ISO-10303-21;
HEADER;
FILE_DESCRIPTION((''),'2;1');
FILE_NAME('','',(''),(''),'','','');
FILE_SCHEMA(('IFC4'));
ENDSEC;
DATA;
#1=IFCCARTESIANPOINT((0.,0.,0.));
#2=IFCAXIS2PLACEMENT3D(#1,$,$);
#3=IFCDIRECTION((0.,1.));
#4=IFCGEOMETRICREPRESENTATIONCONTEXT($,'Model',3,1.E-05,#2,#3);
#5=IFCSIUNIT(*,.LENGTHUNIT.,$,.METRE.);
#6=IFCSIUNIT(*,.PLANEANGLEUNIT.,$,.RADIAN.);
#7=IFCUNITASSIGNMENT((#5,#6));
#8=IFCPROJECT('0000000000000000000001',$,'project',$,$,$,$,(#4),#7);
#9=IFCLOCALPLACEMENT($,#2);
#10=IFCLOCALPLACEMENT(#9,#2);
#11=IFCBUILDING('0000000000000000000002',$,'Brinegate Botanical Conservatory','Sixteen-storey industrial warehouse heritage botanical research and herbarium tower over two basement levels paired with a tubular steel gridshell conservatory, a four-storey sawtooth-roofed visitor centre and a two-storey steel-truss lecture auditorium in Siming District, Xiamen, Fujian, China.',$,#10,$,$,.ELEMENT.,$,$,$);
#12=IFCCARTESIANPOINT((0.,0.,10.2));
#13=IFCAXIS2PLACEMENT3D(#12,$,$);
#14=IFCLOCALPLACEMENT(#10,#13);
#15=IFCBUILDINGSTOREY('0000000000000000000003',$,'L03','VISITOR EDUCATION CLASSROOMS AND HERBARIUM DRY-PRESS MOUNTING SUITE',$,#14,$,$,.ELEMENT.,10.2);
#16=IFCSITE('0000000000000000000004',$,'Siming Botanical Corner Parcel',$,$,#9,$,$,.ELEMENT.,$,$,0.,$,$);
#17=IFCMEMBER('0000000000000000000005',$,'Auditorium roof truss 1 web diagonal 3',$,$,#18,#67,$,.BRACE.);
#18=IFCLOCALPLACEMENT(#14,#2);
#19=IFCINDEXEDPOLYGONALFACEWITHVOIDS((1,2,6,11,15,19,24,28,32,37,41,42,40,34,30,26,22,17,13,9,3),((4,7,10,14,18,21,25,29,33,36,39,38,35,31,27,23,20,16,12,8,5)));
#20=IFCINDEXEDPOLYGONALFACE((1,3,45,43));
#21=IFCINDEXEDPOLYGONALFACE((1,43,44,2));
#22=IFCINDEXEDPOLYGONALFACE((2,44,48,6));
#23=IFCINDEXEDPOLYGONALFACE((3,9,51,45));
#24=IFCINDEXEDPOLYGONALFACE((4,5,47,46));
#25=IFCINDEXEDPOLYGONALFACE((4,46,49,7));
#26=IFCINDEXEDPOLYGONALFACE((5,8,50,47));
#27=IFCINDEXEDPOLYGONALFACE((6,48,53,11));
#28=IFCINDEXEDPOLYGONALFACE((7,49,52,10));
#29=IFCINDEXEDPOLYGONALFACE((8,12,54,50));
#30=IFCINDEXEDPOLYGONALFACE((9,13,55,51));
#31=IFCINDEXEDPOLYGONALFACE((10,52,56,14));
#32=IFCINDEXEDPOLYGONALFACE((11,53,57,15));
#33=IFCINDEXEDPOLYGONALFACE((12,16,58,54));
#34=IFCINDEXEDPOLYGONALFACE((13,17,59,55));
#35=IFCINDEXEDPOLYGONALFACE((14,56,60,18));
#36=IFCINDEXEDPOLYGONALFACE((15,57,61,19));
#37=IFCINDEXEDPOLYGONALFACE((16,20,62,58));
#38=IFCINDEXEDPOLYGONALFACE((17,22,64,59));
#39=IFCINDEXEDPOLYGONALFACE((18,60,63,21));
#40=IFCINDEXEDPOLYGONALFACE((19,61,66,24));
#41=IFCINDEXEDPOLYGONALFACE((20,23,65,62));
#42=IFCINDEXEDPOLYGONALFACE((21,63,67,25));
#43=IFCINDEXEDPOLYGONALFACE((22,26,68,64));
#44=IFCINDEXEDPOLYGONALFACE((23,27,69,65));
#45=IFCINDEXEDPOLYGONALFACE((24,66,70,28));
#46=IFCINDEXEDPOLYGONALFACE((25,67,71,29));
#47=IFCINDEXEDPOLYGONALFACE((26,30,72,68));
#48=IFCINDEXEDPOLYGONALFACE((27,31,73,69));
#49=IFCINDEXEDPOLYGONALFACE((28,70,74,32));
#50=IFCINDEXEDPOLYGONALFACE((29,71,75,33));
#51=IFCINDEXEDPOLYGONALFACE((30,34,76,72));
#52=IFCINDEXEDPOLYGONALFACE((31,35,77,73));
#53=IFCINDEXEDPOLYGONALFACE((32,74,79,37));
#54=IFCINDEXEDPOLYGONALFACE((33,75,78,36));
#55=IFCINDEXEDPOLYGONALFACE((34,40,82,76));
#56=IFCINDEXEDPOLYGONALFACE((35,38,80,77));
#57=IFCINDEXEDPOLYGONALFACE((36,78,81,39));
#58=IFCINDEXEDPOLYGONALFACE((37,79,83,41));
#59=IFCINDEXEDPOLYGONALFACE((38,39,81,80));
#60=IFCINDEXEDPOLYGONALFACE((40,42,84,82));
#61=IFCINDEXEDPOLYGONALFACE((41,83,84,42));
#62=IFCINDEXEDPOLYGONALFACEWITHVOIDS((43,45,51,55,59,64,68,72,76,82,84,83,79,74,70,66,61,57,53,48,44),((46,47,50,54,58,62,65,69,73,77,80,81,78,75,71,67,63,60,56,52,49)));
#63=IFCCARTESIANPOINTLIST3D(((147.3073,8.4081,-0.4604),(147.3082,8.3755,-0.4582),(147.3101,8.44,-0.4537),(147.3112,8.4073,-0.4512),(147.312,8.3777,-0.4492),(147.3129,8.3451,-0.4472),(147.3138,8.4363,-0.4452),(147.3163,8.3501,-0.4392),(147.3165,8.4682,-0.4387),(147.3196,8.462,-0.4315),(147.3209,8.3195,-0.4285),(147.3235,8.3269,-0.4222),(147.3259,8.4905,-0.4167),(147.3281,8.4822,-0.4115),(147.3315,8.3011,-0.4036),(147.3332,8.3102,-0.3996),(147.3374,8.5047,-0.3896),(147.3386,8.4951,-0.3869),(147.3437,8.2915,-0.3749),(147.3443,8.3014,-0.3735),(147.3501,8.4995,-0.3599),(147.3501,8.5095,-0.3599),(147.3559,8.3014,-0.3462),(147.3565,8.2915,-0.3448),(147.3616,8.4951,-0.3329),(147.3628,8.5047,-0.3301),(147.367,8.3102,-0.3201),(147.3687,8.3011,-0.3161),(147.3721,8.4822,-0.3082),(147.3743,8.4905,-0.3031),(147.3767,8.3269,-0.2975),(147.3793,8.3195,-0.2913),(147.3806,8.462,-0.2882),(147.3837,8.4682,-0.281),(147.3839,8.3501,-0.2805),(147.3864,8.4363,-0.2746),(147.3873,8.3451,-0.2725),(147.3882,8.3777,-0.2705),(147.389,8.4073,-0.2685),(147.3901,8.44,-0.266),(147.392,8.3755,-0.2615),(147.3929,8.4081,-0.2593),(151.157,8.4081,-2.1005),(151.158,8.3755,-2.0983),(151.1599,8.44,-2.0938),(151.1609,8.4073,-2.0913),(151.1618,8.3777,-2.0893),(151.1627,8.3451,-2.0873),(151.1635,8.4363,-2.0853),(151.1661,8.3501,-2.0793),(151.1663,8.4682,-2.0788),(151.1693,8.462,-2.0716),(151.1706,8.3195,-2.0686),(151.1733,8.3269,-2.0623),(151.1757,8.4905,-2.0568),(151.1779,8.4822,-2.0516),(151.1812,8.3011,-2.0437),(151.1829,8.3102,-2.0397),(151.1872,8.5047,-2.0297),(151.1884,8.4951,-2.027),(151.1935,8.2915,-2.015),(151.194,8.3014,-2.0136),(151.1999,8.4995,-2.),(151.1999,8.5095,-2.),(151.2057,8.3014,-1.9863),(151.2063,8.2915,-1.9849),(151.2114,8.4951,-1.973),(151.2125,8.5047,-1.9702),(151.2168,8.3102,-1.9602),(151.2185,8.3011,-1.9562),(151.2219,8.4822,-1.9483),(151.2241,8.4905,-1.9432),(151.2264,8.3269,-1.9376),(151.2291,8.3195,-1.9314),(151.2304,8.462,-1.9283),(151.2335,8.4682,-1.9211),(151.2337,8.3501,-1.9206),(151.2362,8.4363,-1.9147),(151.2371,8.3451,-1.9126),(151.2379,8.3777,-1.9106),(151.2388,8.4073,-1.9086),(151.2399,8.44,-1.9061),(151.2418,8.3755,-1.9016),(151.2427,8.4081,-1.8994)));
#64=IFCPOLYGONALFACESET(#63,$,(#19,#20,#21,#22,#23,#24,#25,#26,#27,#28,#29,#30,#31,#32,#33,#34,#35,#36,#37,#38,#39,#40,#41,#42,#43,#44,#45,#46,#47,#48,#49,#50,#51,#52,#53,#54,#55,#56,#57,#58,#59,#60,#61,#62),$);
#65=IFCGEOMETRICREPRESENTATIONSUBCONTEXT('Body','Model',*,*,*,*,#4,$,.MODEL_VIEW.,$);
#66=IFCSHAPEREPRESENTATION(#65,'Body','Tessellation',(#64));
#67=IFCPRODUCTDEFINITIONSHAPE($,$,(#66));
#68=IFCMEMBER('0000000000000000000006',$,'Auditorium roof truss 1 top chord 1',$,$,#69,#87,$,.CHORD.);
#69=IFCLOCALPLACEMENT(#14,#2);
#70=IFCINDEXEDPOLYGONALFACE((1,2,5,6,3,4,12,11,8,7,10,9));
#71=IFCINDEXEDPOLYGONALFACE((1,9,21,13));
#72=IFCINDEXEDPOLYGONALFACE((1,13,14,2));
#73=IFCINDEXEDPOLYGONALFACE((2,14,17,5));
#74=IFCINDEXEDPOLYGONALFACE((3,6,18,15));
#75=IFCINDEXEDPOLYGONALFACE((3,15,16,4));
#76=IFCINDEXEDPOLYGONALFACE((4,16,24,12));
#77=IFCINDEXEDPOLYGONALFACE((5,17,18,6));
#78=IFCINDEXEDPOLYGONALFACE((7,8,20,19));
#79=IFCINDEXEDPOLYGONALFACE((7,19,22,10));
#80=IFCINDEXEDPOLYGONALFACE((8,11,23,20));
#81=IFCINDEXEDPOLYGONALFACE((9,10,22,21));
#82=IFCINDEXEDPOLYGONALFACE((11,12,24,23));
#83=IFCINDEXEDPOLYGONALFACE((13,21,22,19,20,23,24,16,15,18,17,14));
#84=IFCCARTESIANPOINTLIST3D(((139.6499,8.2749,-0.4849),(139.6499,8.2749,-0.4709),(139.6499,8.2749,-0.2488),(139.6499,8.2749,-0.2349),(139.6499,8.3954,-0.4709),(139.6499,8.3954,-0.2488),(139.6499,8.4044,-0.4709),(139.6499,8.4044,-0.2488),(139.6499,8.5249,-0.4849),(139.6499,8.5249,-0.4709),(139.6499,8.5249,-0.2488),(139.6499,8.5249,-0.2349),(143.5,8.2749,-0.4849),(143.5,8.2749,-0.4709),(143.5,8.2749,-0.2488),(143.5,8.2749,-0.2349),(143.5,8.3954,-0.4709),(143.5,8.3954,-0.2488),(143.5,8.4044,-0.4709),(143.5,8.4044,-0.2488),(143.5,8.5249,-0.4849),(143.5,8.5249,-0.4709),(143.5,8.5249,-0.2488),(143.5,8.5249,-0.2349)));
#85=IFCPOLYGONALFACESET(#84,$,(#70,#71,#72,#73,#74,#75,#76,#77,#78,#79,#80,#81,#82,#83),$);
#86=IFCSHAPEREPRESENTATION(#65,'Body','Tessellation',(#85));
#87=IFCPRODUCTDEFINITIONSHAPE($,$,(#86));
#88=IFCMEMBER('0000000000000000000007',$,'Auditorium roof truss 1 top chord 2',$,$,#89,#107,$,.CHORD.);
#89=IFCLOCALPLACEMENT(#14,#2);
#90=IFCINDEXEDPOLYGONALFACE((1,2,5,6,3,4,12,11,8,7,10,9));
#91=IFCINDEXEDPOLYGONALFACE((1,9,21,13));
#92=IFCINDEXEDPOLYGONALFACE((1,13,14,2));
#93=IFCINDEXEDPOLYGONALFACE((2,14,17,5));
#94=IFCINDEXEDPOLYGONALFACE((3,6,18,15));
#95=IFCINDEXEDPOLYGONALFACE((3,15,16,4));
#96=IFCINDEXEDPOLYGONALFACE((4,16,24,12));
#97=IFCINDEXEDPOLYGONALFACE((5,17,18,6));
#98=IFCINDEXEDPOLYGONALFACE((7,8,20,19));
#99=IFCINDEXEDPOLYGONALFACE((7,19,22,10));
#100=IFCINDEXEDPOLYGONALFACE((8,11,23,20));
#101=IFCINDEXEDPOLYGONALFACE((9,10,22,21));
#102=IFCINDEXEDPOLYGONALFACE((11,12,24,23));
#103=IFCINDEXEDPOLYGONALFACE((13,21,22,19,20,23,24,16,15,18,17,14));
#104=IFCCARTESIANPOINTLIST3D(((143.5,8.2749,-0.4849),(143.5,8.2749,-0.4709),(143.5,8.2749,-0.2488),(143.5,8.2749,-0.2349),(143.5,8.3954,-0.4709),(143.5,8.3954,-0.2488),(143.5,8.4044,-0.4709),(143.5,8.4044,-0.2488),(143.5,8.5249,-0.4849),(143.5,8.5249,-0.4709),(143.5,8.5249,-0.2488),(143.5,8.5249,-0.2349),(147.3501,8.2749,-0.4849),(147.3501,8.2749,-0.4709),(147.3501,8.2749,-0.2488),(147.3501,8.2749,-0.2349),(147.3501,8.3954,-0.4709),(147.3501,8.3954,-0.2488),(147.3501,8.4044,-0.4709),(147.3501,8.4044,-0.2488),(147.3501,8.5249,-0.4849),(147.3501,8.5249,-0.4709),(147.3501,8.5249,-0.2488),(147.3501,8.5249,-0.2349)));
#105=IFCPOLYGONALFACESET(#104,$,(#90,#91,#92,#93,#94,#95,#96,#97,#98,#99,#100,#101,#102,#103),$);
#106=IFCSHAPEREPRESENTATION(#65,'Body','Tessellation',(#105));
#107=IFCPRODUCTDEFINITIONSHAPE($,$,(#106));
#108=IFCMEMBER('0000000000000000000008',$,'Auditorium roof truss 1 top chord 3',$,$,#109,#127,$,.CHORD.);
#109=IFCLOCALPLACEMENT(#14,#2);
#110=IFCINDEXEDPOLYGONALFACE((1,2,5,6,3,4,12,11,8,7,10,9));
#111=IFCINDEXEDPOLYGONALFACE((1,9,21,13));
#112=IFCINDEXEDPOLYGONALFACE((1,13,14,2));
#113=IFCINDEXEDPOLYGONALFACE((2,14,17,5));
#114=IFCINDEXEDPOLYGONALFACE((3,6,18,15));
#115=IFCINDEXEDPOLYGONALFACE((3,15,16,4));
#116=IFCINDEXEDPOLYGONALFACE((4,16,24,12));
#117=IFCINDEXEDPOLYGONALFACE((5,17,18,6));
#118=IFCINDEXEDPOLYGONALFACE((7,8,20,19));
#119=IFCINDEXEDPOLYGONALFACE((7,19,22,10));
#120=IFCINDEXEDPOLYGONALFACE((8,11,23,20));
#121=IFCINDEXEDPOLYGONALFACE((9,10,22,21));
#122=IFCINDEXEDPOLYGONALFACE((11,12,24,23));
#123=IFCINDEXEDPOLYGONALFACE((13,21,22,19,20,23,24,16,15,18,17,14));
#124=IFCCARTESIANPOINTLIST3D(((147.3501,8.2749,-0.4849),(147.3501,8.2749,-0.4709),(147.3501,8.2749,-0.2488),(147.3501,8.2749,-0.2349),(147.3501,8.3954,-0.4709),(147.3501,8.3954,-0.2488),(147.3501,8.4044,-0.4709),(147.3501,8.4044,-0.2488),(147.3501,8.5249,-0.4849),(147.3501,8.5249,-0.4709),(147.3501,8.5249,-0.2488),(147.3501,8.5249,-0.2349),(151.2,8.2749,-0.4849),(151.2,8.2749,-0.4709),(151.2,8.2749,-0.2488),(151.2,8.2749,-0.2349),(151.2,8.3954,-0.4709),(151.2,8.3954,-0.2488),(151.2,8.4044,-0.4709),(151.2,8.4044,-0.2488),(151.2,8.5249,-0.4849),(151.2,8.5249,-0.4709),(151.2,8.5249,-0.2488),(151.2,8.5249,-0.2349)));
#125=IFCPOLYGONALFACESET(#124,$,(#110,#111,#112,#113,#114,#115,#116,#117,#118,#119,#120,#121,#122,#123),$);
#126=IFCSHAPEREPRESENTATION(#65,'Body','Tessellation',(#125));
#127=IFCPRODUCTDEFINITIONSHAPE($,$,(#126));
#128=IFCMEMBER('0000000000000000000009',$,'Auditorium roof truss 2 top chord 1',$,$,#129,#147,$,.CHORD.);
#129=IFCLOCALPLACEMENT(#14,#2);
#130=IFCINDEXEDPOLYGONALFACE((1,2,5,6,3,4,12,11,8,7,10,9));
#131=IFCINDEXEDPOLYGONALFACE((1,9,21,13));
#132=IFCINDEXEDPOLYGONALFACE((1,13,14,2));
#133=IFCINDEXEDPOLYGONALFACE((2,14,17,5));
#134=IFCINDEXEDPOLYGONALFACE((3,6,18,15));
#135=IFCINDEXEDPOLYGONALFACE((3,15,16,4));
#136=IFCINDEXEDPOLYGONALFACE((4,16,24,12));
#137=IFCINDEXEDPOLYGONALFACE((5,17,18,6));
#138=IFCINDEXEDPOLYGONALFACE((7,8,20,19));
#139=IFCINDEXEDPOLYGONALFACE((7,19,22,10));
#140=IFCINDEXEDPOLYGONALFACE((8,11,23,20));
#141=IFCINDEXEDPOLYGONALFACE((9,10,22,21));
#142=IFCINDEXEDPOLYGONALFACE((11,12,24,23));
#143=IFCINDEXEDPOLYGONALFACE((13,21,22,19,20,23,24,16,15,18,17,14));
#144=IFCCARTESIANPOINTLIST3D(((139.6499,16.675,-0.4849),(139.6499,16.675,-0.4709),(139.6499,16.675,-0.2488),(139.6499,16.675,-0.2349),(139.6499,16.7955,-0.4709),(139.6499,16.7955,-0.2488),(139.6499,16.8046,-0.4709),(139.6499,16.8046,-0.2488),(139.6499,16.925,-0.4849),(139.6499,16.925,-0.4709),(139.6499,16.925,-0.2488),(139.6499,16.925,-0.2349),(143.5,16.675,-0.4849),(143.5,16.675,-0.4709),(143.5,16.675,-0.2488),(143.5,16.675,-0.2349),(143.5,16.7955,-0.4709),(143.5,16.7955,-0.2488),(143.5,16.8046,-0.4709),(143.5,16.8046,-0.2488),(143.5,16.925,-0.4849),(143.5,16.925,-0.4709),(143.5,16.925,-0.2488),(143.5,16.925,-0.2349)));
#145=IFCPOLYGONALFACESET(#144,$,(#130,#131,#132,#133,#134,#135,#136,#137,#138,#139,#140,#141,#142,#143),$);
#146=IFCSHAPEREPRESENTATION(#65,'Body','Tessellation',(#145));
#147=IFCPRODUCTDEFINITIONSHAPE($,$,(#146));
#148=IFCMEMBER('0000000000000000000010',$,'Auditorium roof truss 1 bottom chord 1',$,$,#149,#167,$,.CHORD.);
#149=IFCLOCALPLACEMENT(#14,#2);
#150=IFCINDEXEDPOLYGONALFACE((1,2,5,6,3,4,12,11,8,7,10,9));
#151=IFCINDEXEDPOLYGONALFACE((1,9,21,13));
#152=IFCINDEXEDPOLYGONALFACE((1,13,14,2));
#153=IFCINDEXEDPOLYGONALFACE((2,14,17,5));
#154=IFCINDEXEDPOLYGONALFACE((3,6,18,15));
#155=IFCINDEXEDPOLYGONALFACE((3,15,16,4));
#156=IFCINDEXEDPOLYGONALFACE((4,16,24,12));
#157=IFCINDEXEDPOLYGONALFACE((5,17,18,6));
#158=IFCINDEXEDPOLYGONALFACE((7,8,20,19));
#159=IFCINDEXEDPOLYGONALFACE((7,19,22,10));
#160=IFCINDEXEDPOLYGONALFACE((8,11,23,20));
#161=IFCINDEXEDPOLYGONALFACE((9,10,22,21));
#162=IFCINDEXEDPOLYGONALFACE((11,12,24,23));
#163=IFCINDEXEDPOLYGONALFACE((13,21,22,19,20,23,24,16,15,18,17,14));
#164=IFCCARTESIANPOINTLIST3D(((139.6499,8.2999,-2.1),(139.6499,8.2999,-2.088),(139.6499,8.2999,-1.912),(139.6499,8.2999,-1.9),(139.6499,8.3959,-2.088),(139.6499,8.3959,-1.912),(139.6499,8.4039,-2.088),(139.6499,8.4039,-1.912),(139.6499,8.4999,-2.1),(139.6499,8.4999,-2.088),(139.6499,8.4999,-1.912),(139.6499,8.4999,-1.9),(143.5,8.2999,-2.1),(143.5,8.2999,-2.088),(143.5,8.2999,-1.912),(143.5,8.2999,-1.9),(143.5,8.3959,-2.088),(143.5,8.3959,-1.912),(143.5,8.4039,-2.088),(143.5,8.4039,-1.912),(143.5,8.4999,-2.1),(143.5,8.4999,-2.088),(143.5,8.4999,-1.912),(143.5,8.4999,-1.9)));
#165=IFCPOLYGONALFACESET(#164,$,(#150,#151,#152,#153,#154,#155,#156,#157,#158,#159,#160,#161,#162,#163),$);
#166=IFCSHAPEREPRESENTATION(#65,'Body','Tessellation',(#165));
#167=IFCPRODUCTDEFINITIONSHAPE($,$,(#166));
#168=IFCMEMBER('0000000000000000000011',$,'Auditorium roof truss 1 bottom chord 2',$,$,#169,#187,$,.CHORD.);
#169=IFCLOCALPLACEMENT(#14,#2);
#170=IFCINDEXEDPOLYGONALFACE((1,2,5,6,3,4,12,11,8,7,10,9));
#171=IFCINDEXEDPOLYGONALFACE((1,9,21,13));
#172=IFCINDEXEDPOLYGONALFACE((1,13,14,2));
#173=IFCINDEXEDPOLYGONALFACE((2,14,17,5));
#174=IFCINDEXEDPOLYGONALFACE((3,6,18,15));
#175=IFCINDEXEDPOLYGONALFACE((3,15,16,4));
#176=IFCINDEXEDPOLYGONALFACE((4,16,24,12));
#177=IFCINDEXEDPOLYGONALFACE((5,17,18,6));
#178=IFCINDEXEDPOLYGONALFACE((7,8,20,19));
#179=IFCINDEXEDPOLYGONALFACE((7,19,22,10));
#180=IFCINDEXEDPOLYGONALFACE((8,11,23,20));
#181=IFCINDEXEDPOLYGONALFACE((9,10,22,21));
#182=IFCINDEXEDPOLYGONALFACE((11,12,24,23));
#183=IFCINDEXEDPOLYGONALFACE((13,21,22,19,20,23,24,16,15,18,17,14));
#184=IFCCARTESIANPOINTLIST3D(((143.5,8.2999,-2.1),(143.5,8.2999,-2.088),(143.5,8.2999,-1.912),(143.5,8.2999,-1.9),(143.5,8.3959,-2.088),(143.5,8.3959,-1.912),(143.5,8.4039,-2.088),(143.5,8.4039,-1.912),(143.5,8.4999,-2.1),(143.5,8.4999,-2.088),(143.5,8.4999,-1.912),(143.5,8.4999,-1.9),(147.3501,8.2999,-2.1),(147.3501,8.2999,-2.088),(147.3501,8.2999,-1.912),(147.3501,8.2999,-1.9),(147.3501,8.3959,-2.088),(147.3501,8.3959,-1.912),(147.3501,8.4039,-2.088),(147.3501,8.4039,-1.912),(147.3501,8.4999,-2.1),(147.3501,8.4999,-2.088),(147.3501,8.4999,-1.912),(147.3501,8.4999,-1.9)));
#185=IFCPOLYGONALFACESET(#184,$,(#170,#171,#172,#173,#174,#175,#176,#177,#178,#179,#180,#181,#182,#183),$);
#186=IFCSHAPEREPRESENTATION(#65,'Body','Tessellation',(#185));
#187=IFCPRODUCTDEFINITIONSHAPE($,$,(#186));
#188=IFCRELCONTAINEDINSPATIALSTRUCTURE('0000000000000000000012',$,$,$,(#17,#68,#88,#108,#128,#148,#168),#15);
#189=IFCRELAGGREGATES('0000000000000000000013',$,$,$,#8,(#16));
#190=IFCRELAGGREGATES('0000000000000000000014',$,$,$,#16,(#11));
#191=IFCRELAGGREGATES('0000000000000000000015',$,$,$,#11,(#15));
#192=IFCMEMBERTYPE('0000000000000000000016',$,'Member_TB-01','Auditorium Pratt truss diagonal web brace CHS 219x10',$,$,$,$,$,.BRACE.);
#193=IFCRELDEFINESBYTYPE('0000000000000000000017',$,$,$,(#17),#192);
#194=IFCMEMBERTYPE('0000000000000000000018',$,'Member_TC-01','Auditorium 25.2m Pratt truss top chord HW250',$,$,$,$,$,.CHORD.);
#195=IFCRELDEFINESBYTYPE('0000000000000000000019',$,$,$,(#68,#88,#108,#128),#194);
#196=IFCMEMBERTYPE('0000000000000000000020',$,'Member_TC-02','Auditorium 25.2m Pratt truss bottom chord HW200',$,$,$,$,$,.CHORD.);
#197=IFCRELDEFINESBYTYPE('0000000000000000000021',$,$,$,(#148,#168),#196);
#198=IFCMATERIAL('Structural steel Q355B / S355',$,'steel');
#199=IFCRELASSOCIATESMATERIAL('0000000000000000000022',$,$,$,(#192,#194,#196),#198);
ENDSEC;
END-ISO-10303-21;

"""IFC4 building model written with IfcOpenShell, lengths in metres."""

from ifc_helpers import new_model, si_unit, direction, frame, origin, origin_2d, place, context, subcontext, project, spatial, hollow_circle, i_section, extrude, material, material_profile, profile_set, type_object, element, save


model = new_model("IFC4")

# Units and contexts
model_context = context("Model", 3, precision=1e-05, world=origin(), true_north=direction((0.0, 1.0)))
body_context = subcontext(model_context, "Body", "Model", "MODEL_VIEW")
ifc_project = project(units=[si_unit("LENGTHUNIT", "METRE"), si_unit("PLANEANGLEUNIT", "RADIAN")], contexts=[model_context])

# Site, building, storey
site_placement = place(None, origin())
site = spatial("IfcSite", under=ifc_project, at=site_placement, Name="Siming Botanical Corner Parcel", CompositionType="ELEMENT", RefElevation=0.0)
building_placement = place(site_placement, origin())
building = spatial("IfcBuilding", under=site, at=building_placement, Name="Brinegate Botanical Conservatory", Description="Sixteen-storey industrial warehouse heritage botanical research and herbarium tower over two basement levels paired with a tubular steel gridshell conservatory, a four-storey sawtooth-roofed visitor centre and a two-storey steel-truss lecture auditorium in Siming District, Xiamen, Fujian, China.", CompositionType="ELEMENT")
storey_placement = place(building_placement, frame((0.0, 0.0, 10.2)))
storey = spatial("IfcBuildingStorey", under=building, at=storey_placement, Name="L03", Description="VISITOR EDUCATION CLASSROOMS AND HERBARIUM DRY-PRESS MOUNTING SUITE", CompositionType="ELEMENT", Elevation=10.2)

# Members
ifc_material_1 = material(Name="Structural steel Q355B / S355", Category="steel")
ifc_material_profile_1 = material_profile(ifc_material_1, hollow_circle(Radius=0.1096, WallThickness=0.01, at=origin_2d()), Name="CHS 219x10")
ifc_profile_set_1 = profile_set([ifc_material_profile_1], Name="Structural steel Q355B / S355")
member_type_1 = type_object("IfcMemberType", Name="Member_TB-01", Description="Auditorium Pratt truss diagonal web brace CHS 219x10", PredefinedType="BRACE", material=ifc_profile_set_1)
member_1_placement = place(storey_placement, frame((147.3501, 8.3999, -0.3599), z_axis=(0.919991, 0.0, -0.39194), x_axis=(0.0, 1.0, 0.0)))
element("IfcMember", 1, at=member_1_placement, inside=storey, type_object=member_type_1, Name="Auditorium roof truss 1 web diagonal 3", PredefinedType="BRACE", context=body_context, shape_type="SweptSolid", body=[
    extrude(hollow_circle(Radius=0.1096, WallThickness=0.01, at=origin_2d()), origin(), (0.0, 0.0, 1.0), 4.1846),
])
ifc_material_profile_2 = material_profile(ifc_material_1, i_section(OverallWidth=0.25, OverallDepth=0.25, WebThickness=0.009, FlangeThickness=0.0139, at=origin_2d()), Name="HW 250x250x9x14")
ifc_profile_set_2 = profile_set([ifc_material_profile_2], Name="Structural steel Q355B / S355")
member_type_2 = type_object("IfcMemberType", Name="Member_TC-01", Description="Auditorium 25.2m Pratt truss top chord HW250", PredefinedType="CHORD", material=ifc_profile_set_2)
for number, where, z_axis, x_axis, name in (
    (2, (139.6499, 8.3999, -0.3599), (1.0, 0.0, 0.0), (0.0, 1.0, 0.0), "Auditorium roof truss 1 top chord 1"),
    (3, (143.5, 8.3999, -0.3599), (1.0, 0.0, 0.0), (0.0, 1.0, 0.0), "Auditorium roof truss 1 top chord 2"),
):
    element("IfcMember", number, at=place(storey_placement, frame(where, z_axis=z_axis, x_axis=x_axis)), inside=storey, type_object=member_type_2, Name=name, PredefinedType="CHORD", context=body_context, shape_type="SweptSolid", body=[
        extrude(i_section(OverallWidth=0.25, OverallDepth=0.25, WebThickness=0.009, FlangeThickness=0.0139, at=origin_2d()), origin(), (0.0, 0.0, 1.0), 3.8501),
    ])
member_2_placement = place(storey_placement, frame((147.3501, 8.3999, -0.3599), z_axis=(1.0, 0.0, 0.0), x_axis=(0.0, 1.0, 0.0)))
element("IfcMember", 4, at=member_2_placement, inside=storey, type_object=member_type_2, Name="Auditorium roof truss 1 top chord 3", PredefinedType="CHORD", context=body_context, shape_type="SweptSolid", body=[
    extrude(i_section(OverallWidth=0.25, OverallDepth=0.25, WebThickness=0.009, FlangeThickness=0.0139, at=origin_2d()), origin(), (0.0, 0.0, 1.0), 3.8499),
])
member_3_placement = place(storey_placement, frame((139.6499, 16.8, -0.3599), z_axis=(1.0, 0.0, 0.0), x_axis=(0.0, 1.0, 0.0)))
element("IfcMember", 5, at=member_3_placement, inside=storey, type_object=member_type_2, Name="Auditorium roof truss 2 top chord 1", PredefinedType="CHORD", context=body_context, shape_type="SweptSolid", body=[
    extrude(i_section(OverallWidth=0.25, OverallDepth=0.25, WebThickness=0.009, FlangeThickness=0.0139, at=origin_2d()), origin(), (0.0, 0.0, 1.0), 3.8501),
])
ifc_material_profile_3 = material_profile(ifc_material_1, i_section(OverallWidth=0.2, OverallDepth=0.2, WebThickness=0.0081, FlangeThickness=0.012, at=origin_2d()), Name="HW 200x200x8x12")
ifc_profile_set_3 = profile_set([ifc_material_profile_3], Name="Structural steel Q355B / S355")
member_type_3 = type_object("IfcMemberType", Name="Member_TC-02", Description="Auditorium 25.2m Pratt truss bottom chord HW200", PredefinedType="CHORD", material=ifc_profile_set_3)
for number, where, z_axis, x_axis, name in (
    (6, (139.6499, 8.3999, -2.0), (1.0, 0.0, 0.0), (0.0, 1.0, 0.0), "Auditorium roof truss 1 bottom chord 1"),
    (7, (143.5, 8.3999, -2.0), (1.0, 0.0, 0.0), (0.0, 1.0, 0.0), "Auditorium roof truss 1 bottom chord 2"),
):
    element("IfcMember", number, at=place(storey_placement, frame(where, z_axis=z_axis, x_axis=x_axis)), inside=storey, type_object=member_type_3, Name=name, PredefinedType="CHORD", context=body_context, shape_type="SweptSolid", body=[
        extrude(i_section(OverallWidth=0.2, OverallDepth=0.2, WebThickness=0.0081, FlangeThickness=0.012, at=origin_2d()), origin(), (0.0, 0.0, 1.0), 3.8501),
    ])

save(model, "model.ifc")
